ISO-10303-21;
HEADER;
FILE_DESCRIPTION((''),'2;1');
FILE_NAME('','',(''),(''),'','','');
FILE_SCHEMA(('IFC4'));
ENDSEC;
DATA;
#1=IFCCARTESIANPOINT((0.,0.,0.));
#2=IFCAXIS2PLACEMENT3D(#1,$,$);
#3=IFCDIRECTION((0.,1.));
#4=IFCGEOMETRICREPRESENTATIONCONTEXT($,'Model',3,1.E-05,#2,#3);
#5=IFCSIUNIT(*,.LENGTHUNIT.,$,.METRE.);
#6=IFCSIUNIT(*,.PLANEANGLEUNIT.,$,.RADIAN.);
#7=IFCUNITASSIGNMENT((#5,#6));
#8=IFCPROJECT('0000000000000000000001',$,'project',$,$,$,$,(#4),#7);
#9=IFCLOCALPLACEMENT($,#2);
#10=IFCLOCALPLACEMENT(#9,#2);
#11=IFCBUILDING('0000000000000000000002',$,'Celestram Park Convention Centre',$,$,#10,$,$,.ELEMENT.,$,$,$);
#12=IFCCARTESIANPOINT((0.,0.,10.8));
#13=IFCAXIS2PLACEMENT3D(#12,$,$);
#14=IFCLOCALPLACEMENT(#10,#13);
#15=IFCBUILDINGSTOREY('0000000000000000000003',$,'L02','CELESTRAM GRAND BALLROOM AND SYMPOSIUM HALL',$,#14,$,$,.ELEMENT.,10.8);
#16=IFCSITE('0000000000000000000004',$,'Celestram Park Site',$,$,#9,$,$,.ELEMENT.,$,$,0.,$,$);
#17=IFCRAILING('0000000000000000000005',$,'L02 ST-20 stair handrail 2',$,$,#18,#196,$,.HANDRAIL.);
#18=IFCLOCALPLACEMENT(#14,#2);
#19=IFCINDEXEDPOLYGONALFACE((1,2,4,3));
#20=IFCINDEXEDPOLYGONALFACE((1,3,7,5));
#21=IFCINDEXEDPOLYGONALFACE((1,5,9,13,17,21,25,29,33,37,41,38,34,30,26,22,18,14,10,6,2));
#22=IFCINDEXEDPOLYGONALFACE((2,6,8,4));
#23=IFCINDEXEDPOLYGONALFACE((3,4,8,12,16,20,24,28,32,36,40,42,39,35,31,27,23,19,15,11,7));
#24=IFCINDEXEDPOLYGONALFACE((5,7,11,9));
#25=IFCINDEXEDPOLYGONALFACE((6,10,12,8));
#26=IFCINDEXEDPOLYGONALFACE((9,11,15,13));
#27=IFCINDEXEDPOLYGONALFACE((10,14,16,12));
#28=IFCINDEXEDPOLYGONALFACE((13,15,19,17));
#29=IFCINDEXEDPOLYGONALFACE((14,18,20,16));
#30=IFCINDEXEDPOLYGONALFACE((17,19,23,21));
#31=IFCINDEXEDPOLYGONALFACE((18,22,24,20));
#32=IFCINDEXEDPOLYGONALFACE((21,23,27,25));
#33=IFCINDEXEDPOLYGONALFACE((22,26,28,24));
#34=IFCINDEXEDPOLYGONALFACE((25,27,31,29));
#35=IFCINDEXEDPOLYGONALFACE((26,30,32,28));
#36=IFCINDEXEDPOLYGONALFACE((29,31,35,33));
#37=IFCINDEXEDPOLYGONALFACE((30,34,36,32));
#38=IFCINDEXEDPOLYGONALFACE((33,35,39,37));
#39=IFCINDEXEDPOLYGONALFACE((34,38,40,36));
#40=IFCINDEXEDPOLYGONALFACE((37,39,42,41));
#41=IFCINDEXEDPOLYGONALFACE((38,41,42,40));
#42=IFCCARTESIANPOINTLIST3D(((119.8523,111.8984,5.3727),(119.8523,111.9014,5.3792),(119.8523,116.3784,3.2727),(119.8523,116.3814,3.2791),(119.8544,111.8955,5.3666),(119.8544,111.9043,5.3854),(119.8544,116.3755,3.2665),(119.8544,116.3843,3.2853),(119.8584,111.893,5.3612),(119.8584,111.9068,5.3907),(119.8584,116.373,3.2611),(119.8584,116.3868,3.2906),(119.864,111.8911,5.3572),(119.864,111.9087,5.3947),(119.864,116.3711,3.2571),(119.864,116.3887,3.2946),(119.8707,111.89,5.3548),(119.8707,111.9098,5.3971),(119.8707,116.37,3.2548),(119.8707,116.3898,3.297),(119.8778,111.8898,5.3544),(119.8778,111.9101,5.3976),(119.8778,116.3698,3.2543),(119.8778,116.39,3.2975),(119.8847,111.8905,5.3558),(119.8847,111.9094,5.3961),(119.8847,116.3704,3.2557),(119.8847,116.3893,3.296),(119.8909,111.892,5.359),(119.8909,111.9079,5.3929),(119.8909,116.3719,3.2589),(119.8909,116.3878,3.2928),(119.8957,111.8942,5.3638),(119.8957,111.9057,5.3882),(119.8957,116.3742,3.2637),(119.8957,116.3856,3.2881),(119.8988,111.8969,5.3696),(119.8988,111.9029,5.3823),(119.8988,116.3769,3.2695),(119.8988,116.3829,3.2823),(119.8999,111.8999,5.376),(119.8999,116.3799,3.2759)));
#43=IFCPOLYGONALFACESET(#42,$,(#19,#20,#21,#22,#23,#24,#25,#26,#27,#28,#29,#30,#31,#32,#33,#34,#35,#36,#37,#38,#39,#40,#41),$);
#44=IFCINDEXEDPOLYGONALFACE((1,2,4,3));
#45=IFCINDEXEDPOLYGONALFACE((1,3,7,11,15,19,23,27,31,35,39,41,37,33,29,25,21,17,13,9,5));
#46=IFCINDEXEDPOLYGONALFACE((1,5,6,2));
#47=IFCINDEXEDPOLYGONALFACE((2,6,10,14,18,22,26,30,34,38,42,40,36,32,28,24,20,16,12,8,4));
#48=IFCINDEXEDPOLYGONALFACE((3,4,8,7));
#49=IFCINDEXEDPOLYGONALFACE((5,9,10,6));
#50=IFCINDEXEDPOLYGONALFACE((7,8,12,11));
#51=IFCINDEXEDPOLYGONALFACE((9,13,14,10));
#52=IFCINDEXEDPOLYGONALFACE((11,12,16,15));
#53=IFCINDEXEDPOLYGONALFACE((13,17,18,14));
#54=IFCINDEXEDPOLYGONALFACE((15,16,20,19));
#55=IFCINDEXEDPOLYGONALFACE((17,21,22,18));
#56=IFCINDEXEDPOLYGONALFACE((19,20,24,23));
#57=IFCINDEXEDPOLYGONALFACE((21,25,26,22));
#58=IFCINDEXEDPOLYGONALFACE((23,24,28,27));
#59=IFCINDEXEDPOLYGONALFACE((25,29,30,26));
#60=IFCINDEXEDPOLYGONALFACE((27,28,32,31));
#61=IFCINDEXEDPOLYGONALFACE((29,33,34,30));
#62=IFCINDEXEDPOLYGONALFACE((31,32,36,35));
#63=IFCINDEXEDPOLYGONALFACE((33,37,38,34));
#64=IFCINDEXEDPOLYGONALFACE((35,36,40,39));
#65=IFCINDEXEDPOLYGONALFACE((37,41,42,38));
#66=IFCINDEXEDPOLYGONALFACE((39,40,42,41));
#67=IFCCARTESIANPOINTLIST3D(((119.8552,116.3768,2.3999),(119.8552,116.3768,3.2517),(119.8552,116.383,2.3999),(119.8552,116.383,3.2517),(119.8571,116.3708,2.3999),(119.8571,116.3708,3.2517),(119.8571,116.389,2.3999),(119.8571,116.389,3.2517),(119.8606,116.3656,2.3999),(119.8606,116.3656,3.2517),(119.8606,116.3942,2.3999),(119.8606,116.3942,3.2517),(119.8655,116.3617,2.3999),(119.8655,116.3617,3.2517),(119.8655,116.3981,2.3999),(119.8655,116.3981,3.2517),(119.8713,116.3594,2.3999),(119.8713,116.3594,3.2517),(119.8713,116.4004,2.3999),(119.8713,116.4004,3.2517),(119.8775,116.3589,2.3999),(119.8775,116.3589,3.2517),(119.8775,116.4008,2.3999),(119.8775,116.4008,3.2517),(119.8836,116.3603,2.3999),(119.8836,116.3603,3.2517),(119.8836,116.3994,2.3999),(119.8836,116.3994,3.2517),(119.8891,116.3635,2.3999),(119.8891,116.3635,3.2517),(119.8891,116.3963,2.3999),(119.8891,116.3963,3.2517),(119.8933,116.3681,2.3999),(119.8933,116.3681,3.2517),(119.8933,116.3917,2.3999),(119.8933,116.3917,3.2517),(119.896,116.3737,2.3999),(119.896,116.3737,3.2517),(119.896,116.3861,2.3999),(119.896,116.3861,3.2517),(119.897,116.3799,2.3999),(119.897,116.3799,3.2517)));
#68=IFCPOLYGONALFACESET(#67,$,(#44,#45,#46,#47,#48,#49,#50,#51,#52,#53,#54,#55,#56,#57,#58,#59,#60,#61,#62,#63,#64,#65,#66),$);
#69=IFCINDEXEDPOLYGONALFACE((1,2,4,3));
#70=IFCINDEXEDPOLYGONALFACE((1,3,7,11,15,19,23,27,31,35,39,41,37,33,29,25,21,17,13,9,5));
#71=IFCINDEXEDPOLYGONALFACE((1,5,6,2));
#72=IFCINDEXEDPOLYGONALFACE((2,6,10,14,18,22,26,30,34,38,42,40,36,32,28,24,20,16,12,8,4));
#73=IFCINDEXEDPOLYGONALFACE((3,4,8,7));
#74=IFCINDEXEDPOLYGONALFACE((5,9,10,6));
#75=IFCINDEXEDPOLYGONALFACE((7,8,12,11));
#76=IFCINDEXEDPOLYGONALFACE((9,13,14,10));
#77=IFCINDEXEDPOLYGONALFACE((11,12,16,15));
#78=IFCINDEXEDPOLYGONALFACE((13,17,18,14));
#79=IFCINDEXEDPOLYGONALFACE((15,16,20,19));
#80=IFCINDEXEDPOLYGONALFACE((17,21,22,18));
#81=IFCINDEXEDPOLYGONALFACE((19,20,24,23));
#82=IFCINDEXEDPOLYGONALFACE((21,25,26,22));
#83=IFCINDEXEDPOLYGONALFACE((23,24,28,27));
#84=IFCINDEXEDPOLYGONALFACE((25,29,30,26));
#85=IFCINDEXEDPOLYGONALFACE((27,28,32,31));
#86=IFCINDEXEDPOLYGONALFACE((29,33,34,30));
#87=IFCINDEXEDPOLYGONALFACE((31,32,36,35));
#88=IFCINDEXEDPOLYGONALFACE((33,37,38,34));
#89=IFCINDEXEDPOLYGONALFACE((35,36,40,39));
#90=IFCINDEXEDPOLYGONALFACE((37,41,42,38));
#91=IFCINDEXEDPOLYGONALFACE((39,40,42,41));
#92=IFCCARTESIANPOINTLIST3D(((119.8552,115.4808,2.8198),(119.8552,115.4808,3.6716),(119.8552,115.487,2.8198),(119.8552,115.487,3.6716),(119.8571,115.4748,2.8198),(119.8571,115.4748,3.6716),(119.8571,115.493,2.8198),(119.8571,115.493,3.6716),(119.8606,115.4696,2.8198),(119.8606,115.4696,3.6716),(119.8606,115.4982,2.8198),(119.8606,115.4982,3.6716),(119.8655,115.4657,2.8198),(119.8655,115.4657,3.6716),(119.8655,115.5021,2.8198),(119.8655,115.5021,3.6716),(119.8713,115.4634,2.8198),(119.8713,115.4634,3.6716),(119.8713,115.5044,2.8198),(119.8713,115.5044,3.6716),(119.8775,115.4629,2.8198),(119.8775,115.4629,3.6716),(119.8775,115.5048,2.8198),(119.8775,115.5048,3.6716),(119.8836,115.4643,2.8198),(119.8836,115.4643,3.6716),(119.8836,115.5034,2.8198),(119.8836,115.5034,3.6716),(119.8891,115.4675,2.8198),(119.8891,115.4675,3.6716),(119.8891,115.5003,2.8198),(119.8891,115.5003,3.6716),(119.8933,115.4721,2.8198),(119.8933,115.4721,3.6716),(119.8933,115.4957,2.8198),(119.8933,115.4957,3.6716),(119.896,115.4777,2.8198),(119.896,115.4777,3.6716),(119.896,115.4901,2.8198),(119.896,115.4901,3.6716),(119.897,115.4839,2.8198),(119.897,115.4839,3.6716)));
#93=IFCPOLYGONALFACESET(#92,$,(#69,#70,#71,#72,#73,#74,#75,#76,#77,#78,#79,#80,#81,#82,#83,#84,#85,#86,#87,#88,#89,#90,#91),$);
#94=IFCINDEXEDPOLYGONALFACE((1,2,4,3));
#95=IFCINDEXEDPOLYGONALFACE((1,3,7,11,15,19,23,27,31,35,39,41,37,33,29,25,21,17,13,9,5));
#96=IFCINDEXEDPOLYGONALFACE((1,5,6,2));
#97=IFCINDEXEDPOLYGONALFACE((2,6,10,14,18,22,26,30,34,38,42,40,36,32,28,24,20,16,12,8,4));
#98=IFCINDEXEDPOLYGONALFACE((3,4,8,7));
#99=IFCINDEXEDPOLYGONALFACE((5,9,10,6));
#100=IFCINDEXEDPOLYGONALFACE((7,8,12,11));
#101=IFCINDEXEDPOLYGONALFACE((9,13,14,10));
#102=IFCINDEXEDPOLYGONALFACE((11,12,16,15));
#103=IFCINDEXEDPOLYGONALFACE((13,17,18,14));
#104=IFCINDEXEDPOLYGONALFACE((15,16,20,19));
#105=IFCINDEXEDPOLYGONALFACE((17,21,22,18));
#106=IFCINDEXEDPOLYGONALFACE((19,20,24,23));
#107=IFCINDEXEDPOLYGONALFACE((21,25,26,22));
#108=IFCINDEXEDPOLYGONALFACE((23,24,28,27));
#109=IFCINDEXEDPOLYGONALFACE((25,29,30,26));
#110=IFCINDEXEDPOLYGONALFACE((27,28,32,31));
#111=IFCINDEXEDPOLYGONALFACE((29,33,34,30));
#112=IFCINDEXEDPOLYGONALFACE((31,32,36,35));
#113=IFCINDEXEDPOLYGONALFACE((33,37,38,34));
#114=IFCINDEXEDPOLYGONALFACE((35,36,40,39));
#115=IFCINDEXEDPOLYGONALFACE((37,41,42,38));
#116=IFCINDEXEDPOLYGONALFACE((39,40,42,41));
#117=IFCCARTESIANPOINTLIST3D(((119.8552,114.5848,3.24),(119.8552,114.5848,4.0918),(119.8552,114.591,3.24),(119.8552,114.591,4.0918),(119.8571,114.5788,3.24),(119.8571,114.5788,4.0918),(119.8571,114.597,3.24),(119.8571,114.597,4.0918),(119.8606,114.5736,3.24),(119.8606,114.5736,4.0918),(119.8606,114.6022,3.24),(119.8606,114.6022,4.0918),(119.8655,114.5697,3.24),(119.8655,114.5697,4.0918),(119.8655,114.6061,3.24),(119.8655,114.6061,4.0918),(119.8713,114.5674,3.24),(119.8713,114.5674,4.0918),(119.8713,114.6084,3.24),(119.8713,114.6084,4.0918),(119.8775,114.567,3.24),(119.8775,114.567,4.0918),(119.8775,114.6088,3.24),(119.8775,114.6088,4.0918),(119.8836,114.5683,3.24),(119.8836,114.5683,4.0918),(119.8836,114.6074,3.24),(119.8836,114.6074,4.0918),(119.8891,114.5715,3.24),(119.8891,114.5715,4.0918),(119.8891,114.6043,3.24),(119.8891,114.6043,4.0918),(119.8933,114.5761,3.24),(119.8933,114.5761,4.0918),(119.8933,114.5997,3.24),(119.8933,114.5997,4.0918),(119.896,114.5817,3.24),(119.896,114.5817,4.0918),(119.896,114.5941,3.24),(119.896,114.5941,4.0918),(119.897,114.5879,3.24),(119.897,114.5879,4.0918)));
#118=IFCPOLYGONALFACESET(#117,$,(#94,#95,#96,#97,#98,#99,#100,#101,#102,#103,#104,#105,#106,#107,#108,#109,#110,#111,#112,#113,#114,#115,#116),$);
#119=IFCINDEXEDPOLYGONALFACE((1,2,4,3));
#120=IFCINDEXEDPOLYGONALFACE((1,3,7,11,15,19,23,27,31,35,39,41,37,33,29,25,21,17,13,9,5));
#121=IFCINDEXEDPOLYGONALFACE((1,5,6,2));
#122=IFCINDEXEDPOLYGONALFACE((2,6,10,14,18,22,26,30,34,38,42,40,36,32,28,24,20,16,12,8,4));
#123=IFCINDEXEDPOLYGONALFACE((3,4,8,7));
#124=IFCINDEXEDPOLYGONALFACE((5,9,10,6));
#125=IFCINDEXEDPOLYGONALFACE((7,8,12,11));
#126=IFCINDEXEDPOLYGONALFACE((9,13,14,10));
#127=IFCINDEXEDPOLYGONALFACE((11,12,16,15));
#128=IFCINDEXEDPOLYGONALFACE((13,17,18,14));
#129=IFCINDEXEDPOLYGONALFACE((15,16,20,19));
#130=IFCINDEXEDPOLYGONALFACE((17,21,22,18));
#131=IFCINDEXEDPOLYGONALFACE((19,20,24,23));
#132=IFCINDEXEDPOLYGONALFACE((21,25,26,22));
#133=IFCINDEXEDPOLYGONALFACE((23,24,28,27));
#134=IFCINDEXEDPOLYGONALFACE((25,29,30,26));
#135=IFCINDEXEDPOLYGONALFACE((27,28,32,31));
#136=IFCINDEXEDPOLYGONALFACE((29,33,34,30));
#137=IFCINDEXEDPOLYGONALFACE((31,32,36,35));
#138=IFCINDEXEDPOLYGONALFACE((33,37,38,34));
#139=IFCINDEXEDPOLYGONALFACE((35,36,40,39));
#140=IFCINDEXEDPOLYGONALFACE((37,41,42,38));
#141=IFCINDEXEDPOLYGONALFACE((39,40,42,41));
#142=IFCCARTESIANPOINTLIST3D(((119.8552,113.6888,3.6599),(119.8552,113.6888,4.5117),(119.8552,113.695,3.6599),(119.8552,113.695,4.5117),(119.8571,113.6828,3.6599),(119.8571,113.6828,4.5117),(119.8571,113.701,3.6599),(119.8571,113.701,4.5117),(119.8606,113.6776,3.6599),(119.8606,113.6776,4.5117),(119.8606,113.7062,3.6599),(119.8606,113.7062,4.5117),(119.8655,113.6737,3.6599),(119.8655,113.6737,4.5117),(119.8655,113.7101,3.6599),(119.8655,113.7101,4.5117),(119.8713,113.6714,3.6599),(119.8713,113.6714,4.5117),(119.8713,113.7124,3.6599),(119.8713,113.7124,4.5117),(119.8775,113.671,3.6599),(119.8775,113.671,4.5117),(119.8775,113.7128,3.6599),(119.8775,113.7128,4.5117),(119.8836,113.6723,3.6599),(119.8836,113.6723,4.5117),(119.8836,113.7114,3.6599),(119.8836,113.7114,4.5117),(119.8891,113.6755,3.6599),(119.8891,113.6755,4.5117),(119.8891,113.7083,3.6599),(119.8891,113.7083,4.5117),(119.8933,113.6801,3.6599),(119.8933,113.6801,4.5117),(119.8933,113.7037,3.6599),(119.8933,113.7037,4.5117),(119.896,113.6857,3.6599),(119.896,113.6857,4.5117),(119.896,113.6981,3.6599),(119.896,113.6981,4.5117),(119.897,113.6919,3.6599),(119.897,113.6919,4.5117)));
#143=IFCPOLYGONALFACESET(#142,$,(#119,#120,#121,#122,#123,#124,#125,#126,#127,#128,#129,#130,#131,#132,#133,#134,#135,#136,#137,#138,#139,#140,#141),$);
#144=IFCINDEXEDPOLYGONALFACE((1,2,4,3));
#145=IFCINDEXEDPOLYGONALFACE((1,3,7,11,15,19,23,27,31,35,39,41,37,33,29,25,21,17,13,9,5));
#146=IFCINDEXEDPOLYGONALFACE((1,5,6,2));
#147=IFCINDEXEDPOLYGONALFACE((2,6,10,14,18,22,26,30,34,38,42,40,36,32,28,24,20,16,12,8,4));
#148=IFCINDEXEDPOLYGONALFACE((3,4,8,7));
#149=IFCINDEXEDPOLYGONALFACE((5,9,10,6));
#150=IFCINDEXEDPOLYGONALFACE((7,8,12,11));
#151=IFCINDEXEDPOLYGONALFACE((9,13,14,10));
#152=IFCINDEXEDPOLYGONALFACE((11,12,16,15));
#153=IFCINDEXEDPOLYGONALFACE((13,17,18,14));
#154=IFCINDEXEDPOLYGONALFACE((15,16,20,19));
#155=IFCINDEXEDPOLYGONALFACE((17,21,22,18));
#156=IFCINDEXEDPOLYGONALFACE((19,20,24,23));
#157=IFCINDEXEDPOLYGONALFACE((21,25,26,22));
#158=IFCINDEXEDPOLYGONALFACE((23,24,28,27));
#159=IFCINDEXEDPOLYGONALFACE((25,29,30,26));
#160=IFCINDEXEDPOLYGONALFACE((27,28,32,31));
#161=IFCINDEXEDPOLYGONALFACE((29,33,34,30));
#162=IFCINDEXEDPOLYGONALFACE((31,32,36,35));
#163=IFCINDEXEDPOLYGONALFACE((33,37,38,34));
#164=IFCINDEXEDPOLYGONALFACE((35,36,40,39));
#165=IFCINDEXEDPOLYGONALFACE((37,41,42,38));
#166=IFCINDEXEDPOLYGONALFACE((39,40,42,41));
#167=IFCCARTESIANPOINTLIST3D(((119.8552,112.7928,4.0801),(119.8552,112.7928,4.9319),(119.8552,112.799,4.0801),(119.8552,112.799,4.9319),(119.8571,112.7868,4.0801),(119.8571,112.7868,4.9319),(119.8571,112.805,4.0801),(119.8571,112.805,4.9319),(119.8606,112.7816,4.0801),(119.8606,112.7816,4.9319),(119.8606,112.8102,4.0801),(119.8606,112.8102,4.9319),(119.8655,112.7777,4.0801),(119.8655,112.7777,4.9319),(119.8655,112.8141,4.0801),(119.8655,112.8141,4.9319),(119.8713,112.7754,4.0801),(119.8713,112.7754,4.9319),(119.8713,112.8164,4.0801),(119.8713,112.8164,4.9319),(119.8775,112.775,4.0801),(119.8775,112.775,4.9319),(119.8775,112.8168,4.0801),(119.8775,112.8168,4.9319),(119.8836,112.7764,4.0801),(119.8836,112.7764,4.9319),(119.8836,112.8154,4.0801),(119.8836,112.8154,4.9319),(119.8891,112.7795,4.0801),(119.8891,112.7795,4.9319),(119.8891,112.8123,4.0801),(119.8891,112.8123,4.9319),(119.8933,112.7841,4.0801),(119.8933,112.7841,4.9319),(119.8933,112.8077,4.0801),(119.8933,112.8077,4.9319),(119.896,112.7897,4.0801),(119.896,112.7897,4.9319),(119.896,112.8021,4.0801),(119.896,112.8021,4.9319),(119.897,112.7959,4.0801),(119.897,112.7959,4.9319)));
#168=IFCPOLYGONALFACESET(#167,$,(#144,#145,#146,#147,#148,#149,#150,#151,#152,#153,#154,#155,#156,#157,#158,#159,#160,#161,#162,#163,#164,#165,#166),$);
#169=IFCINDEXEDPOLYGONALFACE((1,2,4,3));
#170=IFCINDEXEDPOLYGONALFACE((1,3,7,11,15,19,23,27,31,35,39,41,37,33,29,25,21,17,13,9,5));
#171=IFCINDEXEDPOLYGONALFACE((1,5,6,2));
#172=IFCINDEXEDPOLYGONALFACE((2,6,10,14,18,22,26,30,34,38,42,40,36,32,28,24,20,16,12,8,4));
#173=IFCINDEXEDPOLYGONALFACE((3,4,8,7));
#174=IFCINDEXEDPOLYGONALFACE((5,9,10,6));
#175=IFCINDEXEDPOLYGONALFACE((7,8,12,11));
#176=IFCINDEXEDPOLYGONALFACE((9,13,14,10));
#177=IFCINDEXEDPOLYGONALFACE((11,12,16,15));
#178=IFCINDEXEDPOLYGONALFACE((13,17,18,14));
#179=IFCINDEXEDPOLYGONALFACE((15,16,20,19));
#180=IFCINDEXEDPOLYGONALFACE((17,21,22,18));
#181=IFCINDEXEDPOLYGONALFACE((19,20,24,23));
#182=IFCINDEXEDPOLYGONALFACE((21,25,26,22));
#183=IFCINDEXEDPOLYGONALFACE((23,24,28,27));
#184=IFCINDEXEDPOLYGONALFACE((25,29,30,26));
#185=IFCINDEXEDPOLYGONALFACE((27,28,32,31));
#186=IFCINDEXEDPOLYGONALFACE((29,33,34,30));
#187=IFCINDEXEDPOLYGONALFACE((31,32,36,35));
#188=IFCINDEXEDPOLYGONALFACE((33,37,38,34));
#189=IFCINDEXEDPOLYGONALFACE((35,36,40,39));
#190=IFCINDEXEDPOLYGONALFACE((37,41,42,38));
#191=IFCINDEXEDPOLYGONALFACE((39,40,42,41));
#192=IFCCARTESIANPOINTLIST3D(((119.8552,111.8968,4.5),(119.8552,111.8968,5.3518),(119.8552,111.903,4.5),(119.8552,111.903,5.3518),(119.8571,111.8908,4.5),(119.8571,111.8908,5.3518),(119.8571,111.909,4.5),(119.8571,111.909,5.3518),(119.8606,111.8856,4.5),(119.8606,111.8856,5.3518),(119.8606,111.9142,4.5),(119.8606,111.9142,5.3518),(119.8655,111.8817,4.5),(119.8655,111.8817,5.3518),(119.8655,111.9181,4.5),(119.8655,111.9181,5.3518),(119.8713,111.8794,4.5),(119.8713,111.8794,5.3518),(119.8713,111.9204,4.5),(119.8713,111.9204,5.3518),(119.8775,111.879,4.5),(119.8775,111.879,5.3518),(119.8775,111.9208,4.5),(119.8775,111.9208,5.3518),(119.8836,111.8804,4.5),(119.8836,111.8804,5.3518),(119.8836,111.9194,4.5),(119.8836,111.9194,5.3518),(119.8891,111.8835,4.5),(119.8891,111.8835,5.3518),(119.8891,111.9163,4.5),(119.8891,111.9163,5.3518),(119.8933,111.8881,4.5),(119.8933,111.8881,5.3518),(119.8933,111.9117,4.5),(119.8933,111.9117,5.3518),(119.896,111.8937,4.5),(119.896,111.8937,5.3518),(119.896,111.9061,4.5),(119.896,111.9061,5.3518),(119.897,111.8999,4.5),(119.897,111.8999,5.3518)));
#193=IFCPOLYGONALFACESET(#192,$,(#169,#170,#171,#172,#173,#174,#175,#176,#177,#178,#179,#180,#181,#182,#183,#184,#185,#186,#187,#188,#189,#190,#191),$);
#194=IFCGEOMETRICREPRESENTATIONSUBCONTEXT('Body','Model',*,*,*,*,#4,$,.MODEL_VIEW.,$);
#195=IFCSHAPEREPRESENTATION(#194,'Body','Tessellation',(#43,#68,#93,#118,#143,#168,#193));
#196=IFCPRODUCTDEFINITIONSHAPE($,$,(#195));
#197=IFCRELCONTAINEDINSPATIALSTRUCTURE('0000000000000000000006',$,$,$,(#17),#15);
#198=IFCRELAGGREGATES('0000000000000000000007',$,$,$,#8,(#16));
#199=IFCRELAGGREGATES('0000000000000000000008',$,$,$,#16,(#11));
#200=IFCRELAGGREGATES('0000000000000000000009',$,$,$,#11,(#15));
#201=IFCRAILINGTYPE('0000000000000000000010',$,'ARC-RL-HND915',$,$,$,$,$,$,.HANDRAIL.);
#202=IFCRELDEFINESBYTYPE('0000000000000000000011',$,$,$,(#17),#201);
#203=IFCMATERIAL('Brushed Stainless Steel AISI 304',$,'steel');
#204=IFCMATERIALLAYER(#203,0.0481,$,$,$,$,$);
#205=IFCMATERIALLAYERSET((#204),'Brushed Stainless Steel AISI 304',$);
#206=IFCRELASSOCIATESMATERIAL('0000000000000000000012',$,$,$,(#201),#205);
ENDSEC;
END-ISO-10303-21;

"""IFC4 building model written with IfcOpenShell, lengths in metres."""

from ifc_helpers import new_model, si_unit, direction, frame, origin, origin_2d, place, context, subcontext, project, spatial, circle, extrude, material, layer, layer_set, type_object, element, save


model = new_model("IFC4")

# Units and contexts
model_context = context("Model", 3, precision=1e-05, world=origin(), true_north=direction((0.0, 1.0)))
body_context = subcontext(model_context, "Body", "Model", "MODEL_VIEW")
ifc_project = project(units=[si_unit("LENGTHUNIT", "METRE"), si_unit("PLANEANGLEUNIT", "RADIAN")], contexts=[model_context])

# Site, building, storey
site_placement = place(None, origin())
site = spatial("IfcSite", under=ifc_project, at=site_placement, Name="Celestram Park Site", CompositionType="ELEMENT", RefElevation=0.0)
building_placement = place(site_placement, origin())
building = spatial("IfcBuilding", under=site, at=building_placement, Name="Celestram Park Convention Centre", CompositionType="ELEMENT")
storey_placement = place(building_placement, frame((0.0, 0.0, 10.8)))
storey = spatial("IfcBuildingStorey", under=building, at=storey_placement, Name="L02", Description="CELESTRAM GRAND BALLROOM AND SYMPOSIUM HALL", CompositionType="ELEMENT", Elevation=10.8)

# Railing
ifc_material_1 = material(Name="Brushed Stainless Steel AISI 304", Category="steel")
ifc_layer_1 = layer(ifc_material_1, 0.0481)
ifc_layer_set_1 = layer_set([ifc_layer_1], Name="Brushed Stainless Steel AISI 304")
railing_type_1 = type_object("IfcRailingType", Name="ARC-RL-HND915", PredefinedType="HANDRAIL", material=ifc_layer_set_1)
railing_1_placement = place(storey_placement, frame((119.876, 116.3799, 2.3999)))
element("IfcRailing", 1, at=railing_1_placement, inside=storey, type_object=railing_type_1, Name="L02 ST-20 stair handrail 2", PredefinedType="HANDRAIL", context=body_context, shape_type="SweptSolid", body=[
    extrude(circle(Radius=0.0239, at=origin_2d()), frame((0.0, 0.0, 0.876), z_axis=(0.0, -0.905451, 0.424452), x_axis=(1.0, 0.0, 0.0)), (0.0, 0.0, 1.0), 4.9478),
    extrude(circle(Radius=0.021, at=origin_2d()), origin(), (0.0, 0.0, 1.0), 0.8518),
    extrude(circle(Radius=0.021, at=origin_2d()), frame((0.0, -0.896, 0.4199)), (0.0, 0.0, 1.0), 0.8518),
    extrude(circle(Radius=0.021, at=origin_2d()), frame((0.0, -1.792, 0.8401)), (0.0, 0.0, 1.0), 0.8518),
    extrude(circle(Radius=0.021, at=origin_2d()), frame((0.0, -2.688, 1.26)), (0.0, 0.0, 1.0), 0.8518),
    extrude(circle(Radius=0.021, at=origin_2d()), frame((0.0, -3.584, 1.6802)), (0.0, 0.0, 1.0), 0.8518),
    extrude(circle(Radius=0.021, at=origin_2d()), frame((0.0, -4.48, 2.1001)), (0.0, 0.0, 1.0), 0.8518),
])

save(model, "model.ifc")
